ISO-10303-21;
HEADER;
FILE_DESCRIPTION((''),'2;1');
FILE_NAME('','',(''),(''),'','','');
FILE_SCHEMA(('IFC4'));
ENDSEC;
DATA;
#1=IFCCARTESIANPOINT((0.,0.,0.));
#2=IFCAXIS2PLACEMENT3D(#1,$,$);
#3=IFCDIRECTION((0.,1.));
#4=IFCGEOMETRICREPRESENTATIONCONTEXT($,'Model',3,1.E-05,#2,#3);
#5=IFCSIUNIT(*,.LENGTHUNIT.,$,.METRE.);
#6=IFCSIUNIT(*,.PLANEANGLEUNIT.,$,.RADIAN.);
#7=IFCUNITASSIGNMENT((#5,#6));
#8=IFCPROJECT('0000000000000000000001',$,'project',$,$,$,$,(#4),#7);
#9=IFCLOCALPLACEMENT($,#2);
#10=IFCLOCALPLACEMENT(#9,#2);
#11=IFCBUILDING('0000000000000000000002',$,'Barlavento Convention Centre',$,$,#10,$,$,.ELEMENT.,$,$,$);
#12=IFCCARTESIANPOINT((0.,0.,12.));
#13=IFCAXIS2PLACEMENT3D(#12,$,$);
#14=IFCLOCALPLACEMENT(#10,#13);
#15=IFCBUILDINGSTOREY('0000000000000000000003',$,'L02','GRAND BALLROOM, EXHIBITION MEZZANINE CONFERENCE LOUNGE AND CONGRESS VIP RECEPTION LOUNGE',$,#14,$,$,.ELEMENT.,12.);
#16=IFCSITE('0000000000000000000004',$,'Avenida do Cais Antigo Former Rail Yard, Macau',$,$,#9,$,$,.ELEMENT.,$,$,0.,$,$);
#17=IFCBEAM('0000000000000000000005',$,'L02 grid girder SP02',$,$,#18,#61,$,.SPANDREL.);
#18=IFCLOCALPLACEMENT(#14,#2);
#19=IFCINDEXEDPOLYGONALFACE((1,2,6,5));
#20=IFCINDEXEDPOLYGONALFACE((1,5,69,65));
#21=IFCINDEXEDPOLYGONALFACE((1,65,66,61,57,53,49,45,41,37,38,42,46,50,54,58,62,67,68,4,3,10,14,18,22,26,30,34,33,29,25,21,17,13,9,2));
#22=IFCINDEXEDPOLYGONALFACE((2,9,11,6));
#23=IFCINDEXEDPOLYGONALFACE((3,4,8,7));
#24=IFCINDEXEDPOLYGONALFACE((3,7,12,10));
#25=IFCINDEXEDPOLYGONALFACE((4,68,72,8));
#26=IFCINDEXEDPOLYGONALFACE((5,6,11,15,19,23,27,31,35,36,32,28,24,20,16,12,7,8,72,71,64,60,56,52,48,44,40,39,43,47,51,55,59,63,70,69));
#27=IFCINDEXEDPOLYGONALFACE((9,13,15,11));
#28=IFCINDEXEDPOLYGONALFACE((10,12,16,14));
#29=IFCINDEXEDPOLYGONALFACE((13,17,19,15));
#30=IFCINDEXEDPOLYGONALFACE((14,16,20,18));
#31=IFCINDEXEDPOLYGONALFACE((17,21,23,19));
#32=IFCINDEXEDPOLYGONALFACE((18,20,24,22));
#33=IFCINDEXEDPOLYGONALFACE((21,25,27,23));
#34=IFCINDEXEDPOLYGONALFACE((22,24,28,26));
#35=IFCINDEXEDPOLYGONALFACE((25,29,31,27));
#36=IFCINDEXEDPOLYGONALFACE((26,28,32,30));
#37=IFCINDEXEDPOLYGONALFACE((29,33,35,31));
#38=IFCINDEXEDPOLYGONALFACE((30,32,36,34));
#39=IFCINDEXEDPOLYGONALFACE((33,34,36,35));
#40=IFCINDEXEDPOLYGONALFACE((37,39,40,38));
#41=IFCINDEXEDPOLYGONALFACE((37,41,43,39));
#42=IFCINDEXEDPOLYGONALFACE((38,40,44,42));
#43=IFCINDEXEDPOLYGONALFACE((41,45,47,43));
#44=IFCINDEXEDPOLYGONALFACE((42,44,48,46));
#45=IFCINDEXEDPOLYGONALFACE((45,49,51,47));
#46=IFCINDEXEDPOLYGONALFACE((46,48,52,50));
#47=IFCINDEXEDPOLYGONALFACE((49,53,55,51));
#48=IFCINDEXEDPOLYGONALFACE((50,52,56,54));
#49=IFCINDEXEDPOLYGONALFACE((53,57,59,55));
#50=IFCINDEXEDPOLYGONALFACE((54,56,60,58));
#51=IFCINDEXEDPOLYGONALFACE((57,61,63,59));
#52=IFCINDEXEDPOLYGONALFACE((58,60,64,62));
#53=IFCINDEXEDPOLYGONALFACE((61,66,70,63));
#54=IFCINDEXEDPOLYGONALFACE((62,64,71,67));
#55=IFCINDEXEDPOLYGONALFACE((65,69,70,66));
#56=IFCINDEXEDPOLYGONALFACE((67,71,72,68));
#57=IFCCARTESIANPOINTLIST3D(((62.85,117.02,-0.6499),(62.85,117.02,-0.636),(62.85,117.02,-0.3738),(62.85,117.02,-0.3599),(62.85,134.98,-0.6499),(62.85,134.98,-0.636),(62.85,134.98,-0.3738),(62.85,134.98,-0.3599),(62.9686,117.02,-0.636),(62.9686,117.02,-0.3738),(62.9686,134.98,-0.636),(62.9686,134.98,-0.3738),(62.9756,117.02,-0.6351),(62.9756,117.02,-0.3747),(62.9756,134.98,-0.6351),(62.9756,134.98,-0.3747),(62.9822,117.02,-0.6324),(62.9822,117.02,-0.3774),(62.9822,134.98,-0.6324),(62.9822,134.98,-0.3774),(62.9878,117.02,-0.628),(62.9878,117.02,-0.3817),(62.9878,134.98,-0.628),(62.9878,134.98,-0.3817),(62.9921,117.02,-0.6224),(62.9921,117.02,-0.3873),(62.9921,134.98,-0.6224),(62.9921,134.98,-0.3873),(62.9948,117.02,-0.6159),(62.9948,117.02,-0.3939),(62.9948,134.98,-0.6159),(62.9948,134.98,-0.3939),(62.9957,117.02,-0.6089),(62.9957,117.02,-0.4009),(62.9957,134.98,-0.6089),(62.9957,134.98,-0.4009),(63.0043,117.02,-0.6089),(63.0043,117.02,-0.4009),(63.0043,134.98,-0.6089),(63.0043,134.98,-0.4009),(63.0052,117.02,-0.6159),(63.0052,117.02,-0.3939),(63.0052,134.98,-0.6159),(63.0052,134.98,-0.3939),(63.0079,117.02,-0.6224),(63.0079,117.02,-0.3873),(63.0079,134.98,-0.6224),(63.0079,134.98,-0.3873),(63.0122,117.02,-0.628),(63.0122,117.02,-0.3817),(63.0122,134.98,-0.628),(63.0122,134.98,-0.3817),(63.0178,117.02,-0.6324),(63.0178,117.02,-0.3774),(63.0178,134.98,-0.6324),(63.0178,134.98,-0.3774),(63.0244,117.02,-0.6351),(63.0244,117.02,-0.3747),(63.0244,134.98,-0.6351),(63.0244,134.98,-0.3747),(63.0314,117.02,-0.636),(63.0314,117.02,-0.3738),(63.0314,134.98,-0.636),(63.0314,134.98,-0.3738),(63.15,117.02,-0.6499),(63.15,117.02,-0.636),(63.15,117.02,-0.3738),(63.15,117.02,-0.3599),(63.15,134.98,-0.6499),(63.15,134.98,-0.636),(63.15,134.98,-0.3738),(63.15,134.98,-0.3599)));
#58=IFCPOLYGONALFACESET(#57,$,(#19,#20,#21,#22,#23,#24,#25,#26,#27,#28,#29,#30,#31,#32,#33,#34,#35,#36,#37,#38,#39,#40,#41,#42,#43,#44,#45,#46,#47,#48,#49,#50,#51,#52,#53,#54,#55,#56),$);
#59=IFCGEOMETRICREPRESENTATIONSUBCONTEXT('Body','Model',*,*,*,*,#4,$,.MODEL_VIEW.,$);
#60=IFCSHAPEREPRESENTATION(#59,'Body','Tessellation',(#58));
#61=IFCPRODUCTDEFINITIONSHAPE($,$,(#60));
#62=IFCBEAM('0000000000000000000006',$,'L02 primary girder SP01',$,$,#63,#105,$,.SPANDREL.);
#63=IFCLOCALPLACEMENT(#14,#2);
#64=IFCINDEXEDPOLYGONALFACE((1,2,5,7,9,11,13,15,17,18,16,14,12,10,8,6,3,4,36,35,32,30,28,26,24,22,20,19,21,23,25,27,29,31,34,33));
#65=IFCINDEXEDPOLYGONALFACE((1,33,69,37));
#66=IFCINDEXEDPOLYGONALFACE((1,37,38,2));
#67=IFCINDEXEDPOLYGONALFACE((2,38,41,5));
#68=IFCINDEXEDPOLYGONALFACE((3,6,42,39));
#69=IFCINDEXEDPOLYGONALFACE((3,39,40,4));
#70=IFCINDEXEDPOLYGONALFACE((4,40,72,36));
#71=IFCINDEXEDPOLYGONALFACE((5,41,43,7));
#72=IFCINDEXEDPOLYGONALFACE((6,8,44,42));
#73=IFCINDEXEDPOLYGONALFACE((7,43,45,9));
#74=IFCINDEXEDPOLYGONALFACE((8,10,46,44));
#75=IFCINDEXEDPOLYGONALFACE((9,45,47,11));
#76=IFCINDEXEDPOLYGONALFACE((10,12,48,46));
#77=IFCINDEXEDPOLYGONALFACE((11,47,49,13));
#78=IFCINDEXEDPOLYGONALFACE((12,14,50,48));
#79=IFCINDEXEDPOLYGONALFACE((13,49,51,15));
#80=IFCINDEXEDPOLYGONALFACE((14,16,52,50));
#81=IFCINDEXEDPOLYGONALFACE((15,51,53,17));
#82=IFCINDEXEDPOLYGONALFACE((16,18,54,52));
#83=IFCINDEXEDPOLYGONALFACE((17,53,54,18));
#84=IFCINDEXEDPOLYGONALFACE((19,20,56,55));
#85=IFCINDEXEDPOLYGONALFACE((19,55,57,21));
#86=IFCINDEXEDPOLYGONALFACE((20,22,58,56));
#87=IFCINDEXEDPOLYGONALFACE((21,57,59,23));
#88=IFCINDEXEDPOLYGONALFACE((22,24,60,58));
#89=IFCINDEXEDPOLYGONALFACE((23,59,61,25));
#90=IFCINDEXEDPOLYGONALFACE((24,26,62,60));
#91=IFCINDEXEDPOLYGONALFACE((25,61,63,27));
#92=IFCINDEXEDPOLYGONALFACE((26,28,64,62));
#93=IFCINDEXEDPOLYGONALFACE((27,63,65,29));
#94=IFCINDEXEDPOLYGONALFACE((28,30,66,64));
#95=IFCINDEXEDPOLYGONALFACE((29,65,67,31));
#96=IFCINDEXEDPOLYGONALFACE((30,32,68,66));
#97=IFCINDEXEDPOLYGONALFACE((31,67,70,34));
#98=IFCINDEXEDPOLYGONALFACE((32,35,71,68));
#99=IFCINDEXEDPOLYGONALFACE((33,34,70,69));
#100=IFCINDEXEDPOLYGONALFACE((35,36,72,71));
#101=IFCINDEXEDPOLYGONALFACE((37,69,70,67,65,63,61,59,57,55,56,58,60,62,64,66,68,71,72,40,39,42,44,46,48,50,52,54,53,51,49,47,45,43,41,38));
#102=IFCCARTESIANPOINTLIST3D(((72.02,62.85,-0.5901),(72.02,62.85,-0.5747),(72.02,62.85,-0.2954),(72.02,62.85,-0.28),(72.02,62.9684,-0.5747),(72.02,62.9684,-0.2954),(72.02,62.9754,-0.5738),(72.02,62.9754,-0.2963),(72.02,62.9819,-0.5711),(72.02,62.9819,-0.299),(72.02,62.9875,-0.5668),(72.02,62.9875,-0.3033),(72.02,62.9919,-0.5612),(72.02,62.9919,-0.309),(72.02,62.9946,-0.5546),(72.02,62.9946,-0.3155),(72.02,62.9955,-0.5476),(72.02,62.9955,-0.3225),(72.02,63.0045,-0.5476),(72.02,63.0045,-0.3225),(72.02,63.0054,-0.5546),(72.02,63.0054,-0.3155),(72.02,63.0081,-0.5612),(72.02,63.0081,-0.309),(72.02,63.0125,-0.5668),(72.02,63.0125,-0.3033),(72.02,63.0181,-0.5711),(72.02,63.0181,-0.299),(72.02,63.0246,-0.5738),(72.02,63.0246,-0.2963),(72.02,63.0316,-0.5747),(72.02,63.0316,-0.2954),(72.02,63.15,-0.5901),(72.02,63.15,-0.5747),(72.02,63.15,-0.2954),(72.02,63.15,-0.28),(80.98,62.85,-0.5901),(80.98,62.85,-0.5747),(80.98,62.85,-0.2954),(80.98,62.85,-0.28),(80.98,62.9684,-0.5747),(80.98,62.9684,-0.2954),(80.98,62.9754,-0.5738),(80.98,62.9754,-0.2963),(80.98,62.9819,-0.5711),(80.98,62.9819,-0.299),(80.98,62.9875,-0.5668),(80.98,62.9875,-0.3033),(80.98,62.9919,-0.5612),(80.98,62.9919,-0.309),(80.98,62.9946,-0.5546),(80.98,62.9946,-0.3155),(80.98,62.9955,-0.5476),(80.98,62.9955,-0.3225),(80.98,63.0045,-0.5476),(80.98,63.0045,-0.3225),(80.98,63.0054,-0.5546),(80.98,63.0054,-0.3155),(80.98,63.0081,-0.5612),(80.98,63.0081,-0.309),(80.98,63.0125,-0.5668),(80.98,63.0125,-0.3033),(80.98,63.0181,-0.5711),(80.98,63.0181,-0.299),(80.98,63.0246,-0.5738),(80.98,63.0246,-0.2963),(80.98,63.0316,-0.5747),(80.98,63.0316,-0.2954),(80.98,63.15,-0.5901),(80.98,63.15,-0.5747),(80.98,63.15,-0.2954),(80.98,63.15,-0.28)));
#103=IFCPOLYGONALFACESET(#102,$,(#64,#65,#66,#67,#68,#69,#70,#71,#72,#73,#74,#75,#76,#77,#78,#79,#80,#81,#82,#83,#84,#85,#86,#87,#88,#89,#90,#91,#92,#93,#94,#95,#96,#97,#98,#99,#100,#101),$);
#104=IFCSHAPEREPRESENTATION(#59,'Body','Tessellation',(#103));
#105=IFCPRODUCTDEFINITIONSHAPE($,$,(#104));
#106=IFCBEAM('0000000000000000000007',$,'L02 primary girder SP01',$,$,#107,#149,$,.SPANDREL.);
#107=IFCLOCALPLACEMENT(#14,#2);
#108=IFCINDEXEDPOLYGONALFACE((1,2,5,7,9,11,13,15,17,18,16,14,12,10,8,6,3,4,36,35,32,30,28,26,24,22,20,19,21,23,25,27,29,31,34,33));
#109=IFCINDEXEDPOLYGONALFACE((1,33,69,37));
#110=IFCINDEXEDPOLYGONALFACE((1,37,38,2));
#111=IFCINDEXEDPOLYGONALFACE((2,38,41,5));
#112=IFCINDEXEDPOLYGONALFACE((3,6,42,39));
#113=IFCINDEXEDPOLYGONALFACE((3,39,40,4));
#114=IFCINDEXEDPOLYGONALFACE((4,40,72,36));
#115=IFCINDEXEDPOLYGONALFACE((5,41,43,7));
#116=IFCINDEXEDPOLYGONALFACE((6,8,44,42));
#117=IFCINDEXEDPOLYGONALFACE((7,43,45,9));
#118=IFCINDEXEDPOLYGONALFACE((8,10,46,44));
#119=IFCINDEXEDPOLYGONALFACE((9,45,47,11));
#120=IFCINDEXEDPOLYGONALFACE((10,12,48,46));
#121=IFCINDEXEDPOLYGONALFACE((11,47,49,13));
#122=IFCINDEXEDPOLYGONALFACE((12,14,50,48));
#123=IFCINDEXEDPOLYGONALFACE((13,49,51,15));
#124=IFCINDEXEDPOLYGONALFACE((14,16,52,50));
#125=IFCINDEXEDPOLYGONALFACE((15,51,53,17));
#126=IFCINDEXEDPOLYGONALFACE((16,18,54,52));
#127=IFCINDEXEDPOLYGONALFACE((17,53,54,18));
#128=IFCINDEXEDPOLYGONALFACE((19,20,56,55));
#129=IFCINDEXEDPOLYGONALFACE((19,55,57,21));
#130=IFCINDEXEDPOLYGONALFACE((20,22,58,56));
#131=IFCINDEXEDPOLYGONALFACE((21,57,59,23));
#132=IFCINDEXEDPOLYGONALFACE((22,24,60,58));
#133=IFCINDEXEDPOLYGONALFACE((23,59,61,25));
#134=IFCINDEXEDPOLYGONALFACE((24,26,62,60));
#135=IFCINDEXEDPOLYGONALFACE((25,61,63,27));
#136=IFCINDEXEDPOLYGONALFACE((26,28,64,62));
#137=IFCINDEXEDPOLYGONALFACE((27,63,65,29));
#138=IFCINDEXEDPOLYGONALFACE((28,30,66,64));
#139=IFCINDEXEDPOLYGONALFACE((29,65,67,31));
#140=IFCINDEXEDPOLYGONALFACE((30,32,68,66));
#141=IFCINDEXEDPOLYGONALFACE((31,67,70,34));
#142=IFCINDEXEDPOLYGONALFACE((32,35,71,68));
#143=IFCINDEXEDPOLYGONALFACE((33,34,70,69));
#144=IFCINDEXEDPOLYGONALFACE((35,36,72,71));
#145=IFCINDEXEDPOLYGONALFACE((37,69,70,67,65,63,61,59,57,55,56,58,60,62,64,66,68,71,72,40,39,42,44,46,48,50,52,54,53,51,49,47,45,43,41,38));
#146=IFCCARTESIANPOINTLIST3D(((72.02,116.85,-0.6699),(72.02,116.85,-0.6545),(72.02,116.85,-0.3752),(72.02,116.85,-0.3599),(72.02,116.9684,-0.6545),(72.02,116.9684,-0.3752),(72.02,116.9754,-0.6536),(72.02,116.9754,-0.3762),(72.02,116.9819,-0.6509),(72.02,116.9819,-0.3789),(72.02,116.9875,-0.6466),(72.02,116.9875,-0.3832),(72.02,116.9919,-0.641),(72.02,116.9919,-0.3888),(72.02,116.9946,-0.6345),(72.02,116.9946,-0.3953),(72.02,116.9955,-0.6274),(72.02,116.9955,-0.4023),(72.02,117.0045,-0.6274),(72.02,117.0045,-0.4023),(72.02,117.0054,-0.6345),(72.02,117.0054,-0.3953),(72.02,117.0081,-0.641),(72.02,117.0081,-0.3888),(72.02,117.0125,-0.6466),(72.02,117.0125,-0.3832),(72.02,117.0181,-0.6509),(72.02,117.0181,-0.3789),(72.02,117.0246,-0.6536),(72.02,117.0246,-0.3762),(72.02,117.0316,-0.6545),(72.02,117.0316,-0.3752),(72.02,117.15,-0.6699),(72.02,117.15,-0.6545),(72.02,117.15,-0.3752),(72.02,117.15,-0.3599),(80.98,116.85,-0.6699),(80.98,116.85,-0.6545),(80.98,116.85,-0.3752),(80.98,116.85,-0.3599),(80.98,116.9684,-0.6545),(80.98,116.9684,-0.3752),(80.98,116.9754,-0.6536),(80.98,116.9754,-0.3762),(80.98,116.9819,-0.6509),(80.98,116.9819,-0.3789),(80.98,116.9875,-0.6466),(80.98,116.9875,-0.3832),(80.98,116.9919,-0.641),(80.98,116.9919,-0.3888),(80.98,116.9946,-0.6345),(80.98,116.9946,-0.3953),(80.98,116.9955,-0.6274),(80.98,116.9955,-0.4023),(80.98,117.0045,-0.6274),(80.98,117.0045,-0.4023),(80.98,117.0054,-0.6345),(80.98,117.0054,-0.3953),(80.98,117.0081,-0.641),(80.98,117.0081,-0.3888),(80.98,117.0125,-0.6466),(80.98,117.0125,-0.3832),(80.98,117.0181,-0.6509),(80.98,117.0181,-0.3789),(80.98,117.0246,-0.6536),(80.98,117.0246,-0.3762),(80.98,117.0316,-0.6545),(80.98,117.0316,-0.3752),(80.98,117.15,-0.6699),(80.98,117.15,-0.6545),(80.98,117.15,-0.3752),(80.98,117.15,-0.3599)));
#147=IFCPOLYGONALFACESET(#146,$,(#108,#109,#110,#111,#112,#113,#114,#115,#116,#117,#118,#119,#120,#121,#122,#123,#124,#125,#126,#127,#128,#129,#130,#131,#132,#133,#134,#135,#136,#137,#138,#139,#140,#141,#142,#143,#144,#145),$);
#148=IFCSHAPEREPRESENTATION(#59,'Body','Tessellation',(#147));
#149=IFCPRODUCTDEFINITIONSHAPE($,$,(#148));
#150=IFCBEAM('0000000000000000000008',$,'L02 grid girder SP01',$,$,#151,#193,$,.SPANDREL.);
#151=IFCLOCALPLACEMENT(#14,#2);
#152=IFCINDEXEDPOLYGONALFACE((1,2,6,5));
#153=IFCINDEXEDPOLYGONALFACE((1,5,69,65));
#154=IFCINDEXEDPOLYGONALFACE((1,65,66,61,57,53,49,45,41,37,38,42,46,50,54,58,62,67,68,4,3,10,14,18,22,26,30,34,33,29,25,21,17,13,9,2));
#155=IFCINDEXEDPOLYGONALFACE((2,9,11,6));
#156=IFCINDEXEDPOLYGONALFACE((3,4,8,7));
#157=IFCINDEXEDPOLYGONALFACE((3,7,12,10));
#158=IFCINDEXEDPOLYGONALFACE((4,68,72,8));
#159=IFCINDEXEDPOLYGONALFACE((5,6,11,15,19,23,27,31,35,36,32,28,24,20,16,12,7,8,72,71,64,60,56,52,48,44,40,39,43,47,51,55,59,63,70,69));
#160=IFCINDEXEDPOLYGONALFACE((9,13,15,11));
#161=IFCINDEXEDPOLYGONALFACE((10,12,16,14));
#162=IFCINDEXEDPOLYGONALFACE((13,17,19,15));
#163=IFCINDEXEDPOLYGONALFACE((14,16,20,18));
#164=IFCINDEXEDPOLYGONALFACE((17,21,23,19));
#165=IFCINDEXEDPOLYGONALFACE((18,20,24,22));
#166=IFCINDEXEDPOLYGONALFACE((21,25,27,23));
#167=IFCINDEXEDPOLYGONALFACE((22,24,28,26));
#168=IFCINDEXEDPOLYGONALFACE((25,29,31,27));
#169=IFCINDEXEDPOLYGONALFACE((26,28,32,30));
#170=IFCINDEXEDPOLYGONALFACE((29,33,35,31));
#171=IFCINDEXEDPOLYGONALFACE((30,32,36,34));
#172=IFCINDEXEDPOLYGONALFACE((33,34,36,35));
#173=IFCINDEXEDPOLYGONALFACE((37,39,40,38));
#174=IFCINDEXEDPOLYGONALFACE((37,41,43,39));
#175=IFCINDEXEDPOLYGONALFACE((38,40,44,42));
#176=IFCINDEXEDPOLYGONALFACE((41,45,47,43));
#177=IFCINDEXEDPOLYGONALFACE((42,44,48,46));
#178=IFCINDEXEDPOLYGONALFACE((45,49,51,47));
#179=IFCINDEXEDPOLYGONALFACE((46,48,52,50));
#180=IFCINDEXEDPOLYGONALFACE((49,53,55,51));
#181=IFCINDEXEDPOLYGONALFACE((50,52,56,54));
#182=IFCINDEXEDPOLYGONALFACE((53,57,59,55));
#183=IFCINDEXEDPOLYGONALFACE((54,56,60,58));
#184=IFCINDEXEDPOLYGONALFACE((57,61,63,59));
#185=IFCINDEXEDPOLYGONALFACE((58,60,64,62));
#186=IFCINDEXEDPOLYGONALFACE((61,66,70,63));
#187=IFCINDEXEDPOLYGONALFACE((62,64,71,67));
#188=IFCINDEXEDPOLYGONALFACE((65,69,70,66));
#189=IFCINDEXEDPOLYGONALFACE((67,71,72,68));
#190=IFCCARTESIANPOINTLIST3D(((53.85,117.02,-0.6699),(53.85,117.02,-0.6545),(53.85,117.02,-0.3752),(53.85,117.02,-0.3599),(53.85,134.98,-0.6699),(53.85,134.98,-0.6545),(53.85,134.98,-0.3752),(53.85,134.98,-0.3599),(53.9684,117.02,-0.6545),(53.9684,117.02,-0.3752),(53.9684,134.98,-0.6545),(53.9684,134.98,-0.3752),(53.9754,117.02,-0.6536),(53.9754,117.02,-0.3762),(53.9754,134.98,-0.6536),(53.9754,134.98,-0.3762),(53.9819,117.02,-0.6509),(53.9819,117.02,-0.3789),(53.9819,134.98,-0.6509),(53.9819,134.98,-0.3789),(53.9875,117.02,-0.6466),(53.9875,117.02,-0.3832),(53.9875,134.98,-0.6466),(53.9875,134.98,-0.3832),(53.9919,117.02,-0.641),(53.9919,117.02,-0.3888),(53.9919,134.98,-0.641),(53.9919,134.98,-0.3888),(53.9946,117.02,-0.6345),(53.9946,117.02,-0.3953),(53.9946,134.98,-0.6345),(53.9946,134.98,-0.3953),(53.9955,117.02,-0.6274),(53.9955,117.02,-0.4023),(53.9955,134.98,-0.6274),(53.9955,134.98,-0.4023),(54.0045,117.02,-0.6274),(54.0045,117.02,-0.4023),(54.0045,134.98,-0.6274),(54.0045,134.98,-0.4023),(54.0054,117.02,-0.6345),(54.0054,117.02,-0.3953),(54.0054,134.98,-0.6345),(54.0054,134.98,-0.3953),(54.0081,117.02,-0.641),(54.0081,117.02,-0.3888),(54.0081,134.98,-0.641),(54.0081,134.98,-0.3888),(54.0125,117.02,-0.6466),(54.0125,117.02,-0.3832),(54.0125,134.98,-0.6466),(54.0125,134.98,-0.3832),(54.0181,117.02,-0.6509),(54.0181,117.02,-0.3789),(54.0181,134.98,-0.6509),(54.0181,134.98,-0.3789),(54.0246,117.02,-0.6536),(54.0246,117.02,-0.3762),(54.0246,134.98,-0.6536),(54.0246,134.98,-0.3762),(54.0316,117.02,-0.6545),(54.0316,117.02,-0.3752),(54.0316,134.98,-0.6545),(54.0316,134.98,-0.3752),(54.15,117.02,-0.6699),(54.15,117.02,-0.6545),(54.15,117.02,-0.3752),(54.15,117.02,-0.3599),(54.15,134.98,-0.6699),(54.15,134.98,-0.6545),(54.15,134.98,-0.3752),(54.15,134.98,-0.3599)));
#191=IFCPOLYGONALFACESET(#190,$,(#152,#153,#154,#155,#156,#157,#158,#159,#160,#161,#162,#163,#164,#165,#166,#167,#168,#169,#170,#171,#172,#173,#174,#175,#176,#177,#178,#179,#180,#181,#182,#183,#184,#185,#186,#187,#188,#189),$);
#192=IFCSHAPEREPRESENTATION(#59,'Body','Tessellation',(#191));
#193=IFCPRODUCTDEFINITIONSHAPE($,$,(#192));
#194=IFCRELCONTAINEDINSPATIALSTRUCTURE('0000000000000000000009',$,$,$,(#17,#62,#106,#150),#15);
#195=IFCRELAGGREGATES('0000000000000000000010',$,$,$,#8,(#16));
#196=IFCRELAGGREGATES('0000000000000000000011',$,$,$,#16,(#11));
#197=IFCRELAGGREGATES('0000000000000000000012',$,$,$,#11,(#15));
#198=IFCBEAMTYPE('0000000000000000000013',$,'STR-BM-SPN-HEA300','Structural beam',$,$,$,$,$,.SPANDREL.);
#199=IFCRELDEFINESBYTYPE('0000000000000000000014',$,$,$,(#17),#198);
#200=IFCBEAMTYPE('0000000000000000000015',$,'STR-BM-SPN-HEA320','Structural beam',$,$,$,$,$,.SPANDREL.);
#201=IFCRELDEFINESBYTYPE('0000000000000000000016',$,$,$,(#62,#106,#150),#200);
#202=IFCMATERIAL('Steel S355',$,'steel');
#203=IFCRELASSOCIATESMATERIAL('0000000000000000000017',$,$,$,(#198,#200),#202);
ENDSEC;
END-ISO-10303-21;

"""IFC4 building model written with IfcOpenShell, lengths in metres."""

from ifc_helpers import new_model, si_unit, direction, frame, origin, origin_2d, place, context, subcontext, project, spatial, i_section, extrude, material, material_profile, profile_set, type_object, element, save


model = new_model("IFC4")

# Units and contexts
model_context = context("Model", 3, precision=1e-05, world=origin(), true_north=direction((0.0, 1.0)))
body_context = subcontext(model_context, "Body", "Model", "MODEL_VIEW")
ifc_project = project(units=[si_unit("LENGTHUNIT", "METRE"), si_unit("PLANEANGLEUNIT", "RADIAN")], contexts=[model_context])

# Site, building, storey
site_placement = place(None, origin())
site = spatial("IfcSite", under=ifc_project, at=site_placement, Name="Avenida do Cais Antigo Former Rail Yard, Macau", CompositionType="ELEMENT", RefElevation=0.0)
building_placement = place(site_placement, origin())
building = spatial("IfcBuilding", under=site, at=building_placement, Name="Barlavento Convention Centre", CompositionType="ELEMENT")
storey_placement = place(building_placement, frame((0.0, 0.0, 12.0)))
storey = spatial("IfcBuildingStorey", under=building, at=storey_placement, Name="L02", Description="GRAND BALLROOM, EXHIBITION MEZZANINE CONFERENCE LOUNGE AND CONGRESS VIP RECEPTION LOUNGE", CompositionType="ELEMENT", Elevation=12.0)

# Shared definitions
ifc_material_1 = material(Name="Steel S355", Category="steel")

# Beams
ifc_material_profile_1 = material_profile(ifc_material_1, i_section(OverallWidth=0.3, OverallDepth=0.29, WebThickness=0.0085, FlangeThickness=0.0139, FilletRadius=0.0271, at=origin_2d()), Name="HEA 300")
ifc_profile_set_1 = profile_set([ifc_material_profile_1], Name="Steel S355")
beam_type_1 = type_object("IfcBeamType", Name="STR-BM-SPN-HEA300", Description="Structural beam", PredefinedType="SPANDREL", material=ifc_profile_set_1)
beam_1_placement = place(storey_placement, frame((63.0, 117.02, -0.5049), z_axis=(0.0, 1.0, 0.0), x_axis=(-1.0, 0.0, 0.0)))
element("IfcBeam", 1, at=beam_1_placement, inside=storey, type_object=beam_type_1, Name="L02 grid girder SP02", PredefinedType="SPANDREL", context=body_context, shape_type="SweptSolid", body=[
    extrude(i_section(OverallWidth=0.3, OverallDepth=0.29, WebThickness=0.0085, FlangeThickness=0.0139, FilletRadius=0.0271, at=origin_2d()), origin(), (0.0, 0.0, 1.0), 17.96),
])
ifc_material_profile_2 = material_profile(ifc_material_1, i_section(OverallWidth=0.3, OverallDepth=0.3101, WebThickness=0.009, FlangeThickness=0.0154, FilletRadius=0.0271, at=origin_2d()), Name="HEA 320")
ifc_profile_set_2 = profile_set([ifc_material_profile_2], Name="Steel S355")
beam_type_2 = type_object("IfcBeamType", Name="STR-BM-SPN-HEA320", Description="Structural beam", PredefinedType="SPANDREL", material=ifc_profile_set_2)
for number, where, z_axis, x_axis, name in (
    (2, (72.02, 63.0, -0.4351), (1.0, 0.0, 0.0), (0.0, 1.0, 0.0), "L02 primary girder SP01"),
    (3, (72.02, 117.0, -0.5149), (1.0, 0.0, 0.0), (0.0, 1.0, 0.0), "L02 primary girder SP01"),
):
    element("IfcBeam", number, at=place(storey_placement, frame(where, z_axis=z_axis, x_axis=x_axis)), inside=storey, type_object=beam_type_2, Name=name, PredefinedType="SPANDREL", context=body_context, shape_type="SweptSolid", body=[
        extrude(i_section(OverallWidth=0.3, OverallDepth=0.3101, WebThickness=0.009, FlangeThickness=0.0154, FilletRadius=0.0271, at=origin_2d()), origin(), (0.0, 0.0, 1.0), 8.96),
    ])
beam_2_placement = place(storey_placement, frame((54.0, 117.02, -0.5149), z_axis=(0.0, 1.0, 0.0), x_axis=(-1.0, 0.0, 0.0)))
element("IfcBeam", 4, at=beam_2_placement, inside=storey, type_object=beam_type_2, Name="L02 grid girder SP01", PredefinedType="SPANDREL", context=body_context, shape_type="SweptSolid", body=[
    extrude(i_section(OverallWidth=0.3, OverallDepth=0.3101, WebThickness=0.009, FlangeThickness=0.0154, FilletRadius=0.0271, at=origin_2d()), origin(), (0.0, 0.0, 1.0), 17.96),
])

save(model, "model.ifc")
